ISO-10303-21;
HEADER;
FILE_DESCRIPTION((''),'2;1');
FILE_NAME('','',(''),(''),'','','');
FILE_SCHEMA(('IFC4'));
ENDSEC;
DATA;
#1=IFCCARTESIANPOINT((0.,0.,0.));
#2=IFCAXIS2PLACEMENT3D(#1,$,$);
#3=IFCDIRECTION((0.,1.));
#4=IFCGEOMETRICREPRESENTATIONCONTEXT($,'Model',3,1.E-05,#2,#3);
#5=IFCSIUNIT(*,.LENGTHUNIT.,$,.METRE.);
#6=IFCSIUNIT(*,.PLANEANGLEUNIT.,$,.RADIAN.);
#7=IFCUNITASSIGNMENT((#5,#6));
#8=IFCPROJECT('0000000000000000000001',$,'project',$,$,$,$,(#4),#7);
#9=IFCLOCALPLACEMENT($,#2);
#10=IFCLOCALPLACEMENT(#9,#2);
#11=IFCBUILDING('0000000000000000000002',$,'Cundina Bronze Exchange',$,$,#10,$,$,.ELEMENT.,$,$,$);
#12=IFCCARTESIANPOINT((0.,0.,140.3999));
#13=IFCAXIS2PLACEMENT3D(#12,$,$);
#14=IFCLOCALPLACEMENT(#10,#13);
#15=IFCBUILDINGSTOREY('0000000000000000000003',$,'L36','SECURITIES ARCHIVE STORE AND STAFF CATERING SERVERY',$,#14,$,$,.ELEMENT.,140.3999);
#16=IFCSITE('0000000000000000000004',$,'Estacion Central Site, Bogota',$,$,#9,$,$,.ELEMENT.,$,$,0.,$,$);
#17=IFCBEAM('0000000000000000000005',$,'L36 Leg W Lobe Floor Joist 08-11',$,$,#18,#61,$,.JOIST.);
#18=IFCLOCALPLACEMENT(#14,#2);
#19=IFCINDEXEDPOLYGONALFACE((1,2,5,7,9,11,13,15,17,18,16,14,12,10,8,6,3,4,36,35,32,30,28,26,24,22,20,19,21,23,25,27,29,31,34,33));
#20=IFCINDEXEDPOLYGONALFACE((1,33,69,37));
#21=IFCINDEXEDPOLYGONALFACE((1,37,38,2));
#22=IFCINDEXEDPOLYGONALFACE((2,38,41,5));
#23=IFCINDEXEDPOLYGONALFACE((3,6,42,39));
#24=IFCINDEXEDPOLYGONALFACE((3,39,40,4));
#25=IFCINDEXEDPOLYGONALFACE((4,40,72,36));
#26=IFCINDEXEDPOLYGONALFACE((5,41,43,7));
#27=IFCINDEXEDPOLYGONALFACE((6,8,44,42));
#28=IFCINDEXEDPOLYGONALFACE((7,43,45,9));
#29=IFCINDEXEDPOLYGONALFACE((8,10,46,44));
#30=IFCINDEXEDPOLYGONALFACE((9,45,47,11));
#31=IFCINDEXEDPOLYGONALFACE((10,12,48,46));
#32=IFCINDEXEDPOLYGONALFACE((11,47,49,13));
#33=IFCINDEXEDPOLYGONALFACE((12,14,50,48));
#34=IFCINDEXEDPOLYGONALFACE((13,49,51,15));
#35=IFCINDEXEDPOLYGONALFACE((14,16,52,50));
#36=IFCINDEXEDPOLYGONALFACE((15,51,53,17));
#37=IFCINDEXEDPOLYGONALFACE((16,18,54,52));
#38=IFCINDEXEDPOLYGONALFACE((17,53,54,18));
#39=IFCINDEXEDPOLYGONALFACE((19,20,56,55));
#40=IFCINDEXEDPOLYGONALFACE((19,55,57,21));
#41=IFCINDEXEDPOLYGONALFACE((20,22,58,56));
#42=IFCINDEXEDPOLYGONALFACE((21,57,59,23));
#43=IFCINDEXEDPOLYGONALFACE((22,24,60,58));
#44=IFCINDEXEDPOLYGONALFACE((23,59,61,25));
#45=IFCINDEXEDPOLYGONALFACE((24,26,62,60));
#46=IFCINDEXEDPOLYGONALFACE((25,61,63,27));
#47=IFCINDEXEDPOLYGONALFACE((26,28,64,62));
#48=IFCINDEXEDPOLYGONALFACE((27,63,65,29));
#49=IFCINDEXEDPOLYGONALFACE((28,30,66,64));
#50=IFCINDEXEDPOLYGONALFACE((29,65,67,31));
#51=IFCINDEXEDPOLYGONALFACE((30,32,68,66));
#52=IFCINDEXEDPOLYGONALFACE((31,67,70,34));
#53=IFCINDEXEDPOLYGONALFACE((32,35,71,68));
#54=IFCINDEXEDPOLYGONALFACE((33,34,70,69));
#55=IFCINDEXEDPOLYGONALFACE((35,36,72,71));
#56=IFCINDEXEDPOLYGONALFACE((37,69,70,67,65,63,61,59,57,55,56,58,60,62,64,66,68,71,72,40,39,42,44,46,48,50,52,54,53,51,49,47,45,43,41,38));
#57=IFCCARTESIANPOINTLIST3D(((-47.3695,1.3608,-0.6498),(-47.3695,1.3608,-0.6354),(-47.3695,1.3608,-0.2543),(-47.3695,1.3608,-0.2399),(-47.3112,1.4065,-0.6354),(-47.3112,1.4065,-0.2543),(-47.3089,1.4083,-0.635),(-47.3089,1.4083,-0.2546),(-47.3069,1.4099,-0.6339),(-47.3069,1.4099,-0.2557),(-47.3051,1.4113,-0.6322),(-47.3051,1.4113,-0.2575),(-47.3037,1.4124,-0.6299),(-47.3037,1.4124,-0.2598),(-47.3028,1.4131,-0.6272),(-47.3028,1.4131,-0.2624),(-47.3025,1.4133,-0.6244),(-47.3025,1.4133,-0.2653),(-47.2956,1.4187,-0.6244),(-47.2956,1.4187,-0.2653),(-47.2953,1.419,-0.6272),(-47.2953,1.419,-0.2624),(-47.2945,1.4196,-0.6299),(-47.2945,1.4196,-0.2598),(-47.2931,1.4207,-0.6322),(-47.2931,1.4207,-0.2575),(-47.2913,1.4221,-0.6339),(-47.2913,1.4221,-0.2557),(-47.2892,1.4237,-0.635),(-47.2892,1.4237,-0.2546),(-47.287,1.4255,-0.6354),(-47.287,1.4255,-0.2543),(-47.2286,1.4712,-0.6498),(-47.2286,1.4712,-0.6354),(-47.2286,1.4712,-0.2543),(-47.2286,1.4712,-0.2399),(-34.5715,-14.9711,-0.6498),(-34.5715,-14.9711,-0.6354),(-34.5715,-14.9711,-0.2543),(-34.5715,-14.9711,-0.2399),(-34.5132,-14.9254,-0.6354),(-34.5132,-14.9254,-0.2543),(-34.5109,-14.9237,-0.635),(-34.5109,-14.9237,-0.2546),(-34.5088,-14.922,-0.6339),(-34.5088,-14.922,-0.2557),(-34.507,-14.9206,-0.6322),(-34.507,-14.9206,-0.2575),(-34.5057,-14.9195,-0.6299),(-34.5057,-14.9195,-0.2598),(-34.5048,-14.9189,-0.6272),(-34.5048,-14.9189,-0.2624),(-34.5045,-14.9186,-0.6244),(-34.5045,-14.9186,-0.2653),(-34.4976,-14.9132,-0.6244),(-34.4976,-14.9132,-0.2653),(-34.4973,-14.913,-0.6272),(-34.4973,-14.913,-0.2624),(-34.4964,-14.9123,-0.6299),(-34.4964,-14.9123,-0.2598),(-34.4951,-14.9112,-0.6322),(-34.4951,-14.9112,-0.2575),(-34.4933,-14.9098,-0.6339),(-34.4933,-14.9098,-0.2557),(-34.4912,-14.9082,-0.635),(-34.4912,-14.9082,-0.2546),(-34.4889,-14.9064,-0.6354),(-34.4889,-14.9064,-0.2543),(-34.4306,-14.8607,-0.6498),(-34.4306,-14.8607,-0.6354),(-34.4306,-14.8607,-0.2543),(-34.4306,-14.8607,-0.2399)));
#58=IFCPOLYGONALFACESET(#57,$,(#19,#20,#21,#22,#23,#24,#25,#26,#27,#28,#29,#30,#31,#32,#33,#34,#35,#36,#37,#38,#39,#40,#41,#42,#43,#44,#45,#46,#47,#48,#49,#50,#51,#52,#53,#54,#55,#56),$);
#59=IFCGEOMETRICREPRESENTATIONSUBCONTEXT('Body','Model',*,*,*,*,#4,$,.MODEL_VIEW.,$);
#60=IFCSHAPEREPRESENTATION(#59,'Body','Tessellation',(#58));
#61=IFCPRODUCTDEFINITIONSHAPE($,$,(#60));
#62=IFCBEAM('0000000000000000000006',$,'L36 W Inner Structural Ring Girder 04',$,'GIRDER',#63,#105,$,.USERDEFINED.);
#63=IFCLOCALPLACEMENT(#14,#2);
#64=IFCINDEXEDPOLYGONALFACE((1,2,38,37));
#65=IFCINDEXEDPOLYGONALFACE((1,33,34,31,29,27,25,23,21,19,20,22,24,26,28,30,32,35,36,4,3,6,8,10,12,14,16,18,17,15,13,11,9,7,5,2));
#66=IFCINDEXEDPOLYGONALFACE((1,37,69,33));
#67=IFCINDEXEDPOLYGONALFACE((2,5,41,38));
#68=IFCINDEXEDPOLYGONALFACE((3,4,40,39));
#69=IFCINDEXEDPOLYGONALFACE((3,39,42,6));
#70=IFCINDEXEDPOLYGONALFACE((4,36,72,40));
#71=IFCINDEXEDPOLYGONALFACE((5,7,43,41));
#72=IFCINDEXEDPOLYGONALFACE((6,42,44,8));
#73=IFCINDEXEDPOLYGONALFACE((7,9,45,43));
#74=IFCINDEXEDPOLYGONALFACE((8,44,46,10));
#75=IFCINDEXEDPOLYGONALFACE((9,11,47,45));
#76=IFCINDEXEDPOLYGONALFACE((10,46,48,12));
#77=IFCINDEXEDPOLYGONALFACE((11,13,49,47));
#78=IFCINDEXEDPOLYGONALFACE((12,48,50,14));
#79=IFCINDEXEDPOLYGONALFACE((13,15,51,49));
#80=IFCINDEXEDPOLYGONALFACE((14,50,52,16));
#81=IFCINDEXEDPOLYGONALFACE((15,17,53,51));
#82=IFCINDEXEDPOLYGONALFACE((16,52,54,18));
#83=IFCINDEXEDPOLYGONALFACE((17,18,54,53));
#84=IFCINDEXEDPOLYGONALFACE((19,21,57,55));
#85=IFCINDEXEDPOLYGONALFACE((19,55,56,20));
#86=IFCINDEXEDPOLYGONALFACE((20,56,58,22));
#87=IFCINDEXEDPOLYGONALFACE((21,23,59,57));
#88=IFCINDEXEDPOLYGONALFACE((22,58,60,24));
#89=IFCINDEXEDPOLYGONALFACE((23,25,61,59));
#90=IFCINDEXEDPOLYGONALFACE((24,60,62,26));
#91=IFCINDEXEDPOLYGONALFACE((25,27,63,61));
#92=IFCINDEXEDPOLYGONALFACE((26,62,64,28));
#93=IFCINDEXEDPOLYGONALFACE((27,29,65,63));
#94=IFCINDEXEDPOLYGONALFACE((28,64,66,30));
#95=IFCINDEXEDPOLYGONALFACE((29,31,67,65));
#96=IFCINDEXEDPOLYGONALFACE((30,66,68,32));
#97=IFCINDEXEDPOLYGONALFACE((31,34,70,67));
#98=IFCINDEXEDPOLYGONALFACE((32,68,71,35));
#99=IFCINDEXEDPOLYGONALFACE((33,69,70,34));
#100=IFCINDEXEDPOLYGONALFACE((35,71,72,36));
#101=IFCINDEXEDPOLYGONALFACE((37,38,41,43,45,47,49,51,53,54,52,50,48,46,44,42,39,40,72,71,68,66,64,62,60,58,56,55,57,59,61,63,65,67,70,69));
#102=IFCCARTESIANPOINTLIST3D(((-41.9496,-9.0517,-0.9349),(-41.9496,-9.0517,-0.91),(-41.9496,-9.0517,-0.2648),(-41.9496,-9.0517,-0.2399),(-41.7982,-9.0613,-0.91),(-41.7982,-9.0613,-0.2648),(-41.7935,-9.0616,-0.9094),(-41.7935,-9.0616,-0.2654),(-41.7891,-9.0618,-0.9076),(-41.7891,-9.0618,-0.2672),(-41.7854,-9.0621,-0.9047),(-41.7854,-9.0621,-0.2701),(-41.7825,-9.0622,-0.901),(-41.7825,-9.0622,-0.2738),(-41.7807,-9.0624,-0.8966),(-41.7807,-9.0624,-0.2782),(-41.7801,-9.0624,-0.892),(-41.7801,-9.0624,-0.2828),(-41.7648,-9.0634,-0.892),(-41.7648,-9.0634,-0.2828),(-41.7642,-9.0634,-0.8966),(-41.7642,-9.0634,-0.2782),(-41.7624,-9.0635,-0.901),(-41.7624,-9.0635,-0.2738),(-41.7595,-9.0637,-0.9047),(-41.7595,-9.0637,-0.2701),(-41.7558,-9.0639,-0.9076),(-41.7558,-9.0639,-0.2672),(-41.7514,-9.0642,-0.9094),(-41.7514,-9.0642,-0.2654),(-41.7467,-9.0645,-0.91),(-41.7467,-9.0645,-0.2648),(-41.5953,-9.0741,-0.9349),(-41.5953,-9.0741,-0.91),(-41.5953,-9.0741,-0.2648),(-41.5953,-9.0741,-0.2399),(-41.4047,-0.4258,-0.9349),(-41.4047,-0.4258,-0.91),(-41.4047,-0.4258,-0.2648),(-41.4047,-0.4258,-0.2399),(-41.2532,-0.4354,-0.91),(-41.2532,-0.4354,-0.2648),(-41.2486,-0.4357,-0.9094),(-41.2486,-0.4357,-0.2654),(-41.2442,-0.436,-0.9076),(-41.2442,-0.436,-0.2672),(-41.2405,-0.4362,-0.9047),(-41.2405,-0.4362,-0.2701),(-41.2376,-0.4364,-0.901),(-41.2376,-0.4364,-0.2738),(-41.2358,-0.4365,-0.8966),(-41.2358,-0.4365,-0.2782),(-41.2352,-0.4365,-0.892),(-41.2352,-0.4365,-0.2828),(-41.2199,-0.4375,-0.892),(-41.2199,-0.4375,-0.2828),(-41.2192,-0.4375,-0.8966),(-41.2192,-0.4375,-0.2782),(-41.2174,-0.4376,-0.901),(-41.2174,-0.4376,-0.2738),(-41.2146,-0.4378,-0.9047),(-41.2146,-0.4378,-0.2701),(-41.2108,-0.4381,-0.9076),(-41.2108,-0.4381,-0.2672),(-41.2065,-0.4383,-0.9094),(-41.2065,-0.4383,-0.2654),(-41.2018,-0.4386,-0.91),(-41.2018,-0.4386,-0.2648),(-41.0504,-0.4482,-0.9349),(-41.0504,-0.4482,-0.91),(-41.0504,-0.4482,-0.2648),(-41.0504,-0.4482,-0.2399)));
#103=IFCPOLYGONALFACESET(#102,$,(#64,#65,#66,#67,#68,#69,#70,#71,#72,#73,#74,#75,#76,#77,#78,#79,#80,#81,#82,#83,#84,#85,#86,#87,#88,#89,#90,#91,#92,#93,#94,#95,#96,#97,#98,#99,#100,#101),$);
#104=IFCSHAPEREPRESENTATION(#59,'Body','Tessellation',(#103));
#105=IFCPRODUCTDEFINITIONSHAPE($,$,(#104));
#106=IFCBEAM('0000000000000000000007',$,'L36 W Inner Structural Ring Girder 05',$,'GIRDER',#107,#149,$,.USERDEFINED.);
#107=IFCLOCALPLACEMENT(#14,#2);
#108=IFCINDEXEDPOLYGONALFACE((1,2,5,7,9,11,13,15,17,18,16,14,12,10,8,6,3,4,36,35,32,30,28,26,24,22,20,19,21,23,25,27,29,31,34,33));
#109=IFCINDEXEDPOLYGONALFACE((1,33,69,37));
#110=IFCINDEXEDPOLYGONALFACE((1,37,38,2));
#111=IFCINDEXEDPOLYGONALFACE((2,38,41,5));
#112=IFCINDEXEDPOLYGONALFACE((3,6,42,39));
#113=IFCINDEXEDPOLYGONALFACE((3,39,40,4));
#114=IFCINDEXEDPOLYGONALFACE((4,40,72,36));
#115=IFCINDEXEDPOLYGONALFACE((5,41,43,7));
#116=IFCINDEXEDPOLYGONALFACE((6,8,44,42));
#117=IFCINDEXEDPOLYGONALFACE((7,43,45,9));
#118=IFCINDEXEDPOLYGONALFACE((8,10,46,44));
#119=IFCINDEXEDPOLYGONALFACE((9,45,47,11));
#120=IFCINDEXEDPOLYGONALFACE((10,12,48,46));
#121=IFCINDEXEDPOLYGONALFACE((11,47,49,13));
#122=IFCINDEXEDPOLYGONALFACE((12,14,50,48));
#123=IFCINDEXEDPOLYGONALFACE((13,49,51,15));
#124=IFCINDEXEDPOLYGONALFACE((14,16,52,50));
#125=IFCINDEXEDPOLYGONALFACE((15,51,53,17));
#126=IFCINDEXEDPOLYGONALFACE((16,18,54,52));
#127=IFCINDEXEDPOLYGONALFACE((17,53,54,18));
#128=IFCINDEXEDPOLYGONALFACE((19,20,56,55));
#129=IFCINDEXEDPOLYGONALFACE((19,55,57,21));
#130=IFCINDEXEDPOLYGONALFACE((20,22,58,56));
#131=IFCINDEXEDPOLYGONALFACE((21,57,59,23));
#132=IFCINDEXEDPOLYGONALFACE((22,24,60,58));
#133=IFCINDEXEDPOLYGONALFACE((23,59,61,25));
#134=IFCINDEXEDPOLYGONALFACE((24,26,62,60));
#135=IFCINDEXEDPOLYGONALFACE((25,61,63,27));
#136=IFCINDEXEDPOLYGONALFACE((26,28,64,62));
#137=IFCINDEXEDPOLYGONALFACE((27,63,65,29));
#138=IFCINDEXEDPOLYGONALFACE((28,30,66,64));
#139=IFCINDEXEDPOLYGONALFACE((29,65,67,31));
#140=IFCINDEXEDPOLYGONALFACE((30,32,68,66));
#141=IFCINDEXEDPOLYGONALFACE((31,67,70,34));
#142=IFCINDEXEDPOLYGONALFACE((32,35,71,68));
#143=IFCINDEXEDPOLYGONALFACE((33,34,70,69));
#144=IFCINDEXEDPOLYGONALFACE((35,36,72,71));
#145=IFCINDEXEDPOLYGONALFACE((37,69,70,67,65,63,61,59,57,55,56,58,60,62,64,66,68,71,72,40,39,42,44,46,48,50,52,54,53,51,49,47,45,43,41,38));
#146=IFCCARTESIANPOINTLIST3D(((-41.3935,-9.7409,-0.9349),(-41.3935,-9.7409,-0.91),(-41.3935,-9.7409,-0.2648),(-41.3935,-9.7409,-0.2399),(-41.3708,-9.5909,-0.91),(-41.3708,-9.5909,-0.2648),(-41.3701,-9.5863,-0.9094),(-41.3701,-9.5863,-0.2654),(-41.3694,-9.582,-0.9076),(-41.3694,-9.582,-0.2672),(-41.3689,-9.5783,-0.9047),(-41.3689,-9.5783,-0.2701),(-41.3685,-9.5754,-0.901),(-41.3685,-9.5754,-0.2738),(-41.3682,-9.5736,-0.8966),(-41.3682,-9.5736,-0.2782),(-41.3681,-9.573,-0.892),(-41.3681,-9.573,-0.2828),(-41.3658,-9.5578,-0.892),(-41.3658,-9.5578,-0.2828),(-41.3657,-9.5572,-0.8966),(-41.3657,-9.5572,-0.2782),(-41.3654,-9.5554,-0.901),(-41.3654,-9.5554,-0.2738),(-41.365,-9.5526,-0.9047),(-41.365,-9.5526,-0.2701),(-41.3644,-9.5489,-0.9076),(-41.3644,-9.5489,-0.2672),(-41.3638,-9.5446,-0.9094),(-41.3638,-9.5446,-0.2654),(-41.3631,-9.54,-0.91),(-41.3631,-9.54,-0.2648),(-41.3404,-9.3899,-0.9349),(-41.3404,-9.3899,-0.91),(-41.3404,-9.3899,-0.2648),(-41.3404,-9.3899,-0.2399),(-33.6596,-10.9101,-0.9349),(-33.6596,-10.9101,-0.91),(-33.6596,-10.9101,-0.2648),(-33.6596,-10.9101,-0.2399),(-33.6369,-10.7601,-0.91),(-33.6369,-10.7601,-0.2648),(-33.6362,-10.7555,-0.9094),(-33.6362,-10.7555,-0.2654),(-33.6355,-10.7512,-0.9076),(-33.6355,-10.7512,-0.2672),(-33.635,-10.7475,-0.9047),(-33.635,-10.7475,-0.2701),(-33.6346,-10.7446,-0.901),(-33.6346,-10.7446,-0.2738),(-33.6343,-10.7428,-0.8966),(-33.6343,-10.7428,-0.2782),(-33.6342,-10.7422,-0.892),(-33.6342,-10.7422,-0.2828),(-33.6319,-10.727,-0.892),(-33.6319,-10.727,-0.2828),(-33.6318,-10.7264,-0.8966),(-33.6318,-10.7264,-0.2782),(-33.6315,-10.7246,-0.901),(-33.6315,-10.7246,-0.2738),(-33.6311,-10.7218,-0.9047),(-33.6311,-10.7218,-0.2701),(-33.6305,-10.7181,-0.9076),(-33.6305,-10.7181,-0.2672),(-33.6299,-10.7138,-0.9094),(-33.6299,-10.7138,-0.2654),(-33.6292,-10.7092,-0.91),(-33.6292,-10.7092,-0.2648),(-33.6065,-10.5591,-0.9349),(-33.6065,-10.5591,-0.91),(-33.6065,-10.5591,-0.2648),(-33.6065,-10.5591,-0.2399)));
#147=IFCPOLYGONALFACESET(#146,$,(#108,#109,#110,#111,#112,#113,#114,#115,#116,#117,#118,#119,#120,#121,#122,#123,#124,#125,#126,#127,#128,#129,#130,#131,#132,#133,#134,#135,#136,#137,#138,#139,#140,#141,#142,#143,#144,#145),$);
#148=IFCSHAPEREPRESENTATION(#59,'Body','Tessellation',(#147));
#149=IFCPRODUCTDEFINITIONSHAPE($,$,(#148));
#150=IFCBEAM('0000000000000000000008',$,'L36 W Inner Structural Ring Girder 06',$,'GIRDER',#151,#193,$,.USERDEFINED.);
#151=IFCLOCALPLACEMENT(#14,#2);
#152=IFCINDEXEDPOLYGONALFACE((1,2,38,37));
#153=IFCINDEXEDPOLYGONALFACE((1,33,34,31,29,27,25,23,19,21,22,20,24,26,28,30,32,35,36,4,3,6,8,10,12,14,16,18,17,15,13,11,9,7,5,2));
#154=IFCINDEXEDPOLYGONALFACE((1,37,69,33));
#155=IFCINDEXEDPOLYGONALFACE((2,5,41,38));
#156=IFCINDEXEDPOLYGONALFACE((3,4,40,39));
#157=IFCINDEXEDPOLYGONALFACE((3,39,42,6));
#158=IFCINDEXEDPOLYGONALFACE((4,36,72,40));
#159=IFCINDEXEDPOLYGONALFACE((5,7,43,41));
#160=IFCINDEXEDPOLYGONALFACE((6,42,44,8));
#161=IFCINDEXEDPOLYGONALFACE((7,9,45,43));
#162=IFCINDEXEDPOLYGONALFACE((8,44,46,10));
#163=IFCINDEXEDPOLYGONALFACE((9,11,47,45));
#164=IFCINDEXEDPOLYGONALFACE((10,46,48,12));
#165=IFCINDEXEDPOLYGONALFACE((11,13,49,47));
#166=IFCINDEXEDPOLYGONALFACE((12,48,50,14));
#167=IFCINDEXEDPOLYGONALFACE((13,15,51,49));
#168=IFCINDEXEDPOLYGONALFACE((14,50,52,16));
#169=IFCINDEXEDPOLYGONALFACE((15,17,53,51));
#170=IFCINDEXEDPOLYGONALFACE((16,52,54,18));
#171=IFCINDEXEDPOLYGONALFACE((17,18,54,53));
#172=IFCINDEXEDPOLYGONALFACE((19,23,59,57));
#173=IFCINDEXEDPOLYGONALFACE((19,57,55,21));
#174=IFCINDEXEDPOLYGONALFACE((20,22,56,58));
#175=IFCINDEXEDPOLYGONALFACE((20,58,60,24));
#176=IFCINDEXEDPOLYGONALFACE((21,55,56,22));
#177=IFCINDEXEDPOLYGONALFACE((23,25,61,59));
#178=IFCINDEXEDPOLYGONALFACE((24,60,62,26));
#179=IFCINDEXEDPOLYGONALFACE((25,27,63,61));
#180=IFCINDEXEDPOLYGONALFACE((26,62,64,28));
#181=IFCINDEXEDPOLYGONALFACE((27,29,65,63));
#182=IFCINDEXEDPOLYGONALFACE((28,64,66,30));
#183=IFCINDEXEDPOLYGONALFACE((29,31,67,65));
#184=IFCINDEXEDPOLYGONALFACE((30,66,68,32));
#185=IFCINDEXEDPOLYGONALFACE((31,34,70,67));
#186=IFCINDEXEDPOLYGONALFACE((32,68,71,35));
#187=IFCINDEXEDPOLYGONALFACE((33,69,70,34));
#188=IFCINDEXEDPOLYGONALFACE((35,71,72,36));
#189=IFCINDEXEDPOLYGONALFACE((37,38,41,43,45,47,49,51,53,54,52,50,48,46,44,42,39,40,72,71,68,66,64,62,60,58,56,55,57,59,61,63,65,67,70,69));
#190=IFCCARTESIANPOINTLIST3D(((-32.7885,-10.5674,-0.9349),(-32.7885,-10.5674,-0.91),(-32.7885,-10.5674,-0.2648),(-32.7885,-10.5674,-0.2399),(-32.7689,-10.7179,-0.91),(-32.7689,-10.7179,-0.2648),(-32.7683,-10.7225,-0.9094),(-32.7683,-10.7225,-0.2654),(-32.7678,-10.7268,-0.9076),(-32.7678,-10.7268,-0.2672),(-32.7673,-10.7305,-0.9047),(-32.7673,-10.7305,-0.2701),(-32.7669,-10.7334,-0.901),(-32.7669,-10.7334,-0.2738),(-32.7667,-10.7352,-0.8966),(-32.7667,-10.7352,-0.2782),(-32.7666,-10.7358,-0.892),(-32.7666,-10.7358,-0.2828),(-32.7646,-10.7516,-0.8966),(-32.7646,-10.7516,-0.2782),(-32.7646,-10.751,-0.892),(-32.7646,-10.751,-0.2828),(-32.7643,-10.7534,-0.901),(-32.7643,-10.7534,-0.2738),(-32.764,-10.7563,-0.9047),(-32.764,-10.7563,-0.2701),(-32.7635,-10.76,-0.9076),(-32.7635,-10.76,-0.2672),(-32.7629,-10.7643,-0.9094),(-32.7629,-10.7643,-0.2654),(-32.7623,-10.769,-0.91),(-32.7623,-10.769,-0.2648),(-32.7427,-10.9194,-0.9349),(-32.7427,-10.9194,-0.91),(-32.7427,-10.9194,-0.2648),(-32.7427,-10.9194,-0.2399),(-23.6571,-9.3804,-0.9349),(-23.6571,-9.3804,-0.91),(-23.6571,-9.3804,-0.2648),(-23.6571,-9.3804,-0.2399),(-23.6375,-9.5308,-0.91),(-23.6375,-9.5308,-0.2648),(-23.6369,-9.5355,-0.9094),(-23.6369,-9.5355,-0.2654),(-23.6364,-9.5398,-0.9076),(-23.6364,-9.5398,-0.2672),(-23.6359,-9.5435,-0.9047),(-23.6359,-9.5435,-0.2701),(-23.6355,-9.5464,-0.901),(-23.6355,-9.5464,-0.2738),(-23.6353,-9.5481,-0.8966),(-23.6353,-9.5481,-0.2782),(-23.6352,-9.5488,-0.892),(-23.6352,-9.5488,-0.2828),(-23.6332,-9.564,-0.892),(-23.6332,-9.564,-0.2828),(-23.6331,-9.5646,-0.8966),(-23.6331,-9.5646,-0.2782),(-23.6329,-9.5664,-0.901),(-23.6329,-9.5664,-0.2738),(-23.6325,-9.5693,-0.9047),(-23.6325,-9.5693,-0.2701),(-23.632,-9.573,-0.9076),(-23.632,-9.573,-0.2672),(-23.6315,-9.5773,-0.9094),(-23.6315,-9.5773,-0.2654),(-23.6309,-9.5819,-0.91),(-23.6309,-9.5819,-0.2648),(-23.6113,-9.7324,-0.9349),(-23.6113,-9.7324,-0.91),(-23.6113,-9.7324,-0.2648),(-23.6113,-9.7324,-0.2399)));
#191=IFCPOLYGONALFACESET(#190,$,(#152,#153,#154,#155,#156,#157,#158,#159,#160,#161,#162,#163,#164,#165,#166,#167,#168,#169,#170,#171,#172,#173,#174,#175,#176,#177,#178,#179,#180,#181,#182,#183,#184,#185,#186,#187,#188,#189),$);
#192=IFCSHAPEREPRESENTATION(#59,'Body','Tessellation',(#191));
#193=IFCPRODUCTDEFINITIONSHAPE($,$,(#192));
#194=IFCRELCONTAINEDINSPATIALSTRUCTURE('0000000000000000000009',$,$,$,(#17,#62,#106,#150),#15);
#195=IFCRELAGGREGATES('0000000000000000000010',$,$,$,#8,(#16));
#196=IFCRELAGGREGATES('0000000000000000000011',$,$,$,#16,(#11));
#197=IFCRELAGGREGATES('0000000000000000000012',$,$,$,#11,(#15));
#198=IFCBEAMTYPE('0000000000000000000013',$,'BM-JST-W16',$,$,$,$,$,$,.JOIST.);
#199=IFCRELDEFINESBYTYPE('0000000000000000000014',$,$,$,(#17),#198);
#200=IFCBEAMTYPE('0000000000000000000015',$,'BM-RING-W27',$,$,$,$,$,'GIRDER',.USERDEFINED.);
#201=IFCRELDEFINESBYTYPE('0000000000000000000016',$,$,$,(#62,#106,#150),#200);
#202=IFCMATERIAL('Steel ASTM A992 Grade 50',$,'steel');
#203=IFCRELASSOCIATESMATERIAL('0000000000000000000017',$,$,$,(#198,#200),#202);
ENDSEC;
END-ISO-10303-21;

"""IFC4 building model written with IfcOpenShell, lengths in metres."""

from ifc_helpers import new_model, si_unit, direction, frame, origin, origin_2d, place, context, subcontext, project, spatial, i_section, extrude, material, material_profile, profile_set, type_object, element, save


model = new_model("IFC4")

# Units and contexts
model_context = context("Model", 3, precision=1e-05, world=origin(), true_north=direction((0.0, 1.0)))
body_context = subcontext(model_context, "Body", "Model", "MODEL_VIEW")
ifc_project = project(units=[si_unit("LENGTHUNIT", "METRE"), si_unit("PLANEANGLEUNIT", "RADIAN")], contexts=[model_context])

# Site, building, storey
site_placement = place(None, origin())
site = spatial("IfcSite", under=ifc_project, at=site_placement, Name="Estacion Central Site, Bogota", CompositionType="ELEMENT", RefElevation=0.0)
building_placement = place(site_placement, origin())
building = spatial("IfcBuilding", under=site, at=building_placement, Name="Cundina Bronze Exchange", CompositionType="ELEMENT")
storey_placement = place(building_placement, frame((0.0, 0.0, 140.3999)))
storey = spatial("IfcBuildingStorey", under=building, at=storey_placement, Name="L36", Description="SECURITIES ARCHIVE STORE AND STAFF CATERING SERVERY", CompositionType="ELEMENT", Elevation=140.3999)

# Beams
ifc_material_1 = material(Name="Steel ASTM A992 Grade 50", Category="steel")
ifc_material_profile_1 = material_profile(ifc_material_1, i_section(OverallWidth=0.179, OverallDepth=0.4099, WebThickness=0.0088, FlangeThickness=0.0144, FilletRadius=0.011, at=origin_2d()), Name="W16X45", Category="steel")
ifc_profile_set_1 = profile_set([ifc_material_profile_1], Name="Steel ASTM A992 Grade 50")
beam_type_1 = type_object("IfcBeamType", Name="BM-JST-W16", PredefinedType="JOIST", material=ifc_profile_set_1)
beam_1_placement = place(storey_placement, frame((-47.2991, 1.416, -0.4448), z_axis=(0.616801, -0.787119, 0.0), x_axis=(0.787119, 0.616801, 0.0)))
element("IfcBeam", 1, at=beam_1_placement, inside=storey, type_object=beam_type_1, Name="L36 Leg W Lobe Floor Joist 08-11", PredefinedType="JOIST", context=body_context, shape_type="SweptSolid", body=[
    extrude(i_section(OverallWidth=0.179, OverallDepth=0.4099, WebThickness=0.0088, FlangeThickness=0.0144, FilletRadius=0.011, at=origin_2d()), origin(), (0.0, 0.0, 1.0), 20.749),
])
ifc_material_profile_2 = material_profile(ifc_material_1, i_section(OverallWidth=0.355, OverallDepth=0.6951, WebThickness=0.0154, FlangeThickness=0.0249, FilletRadius=0.0181, at=origin_2d()), Name="W27X146", Category="steel")
ifc_profile_set_2 = profile_set([ifc_material_profile_2], Name="Steel ASTM A992 Grade 50")
beam_type_2 = type_object("IfcBeamType", Name="BM-RING-W27", ElementType="GIRDER", PredefinedType="USERDEFINED", material=ifc_profile_set_2)
beam_2_placement = place(storey_placement, frame((-41.2275, -0.437, -0.5874), z_axis=(-0.063047, -0.998011, 0.0), x_axis=(0.998011, -0.063047, 0.0)))
element("IfcBeam", 2, at=beam_2_placement, inside=storey, type_object=beam_type_2, Name="L36 W Inner Structural Ring Girder 04", ObjectType="GIRDER", PredefinedType="USERDEFINED", context=body_context, shape_type="SweptSolid", body=[
    extrude(i_section(OverallWidth=0.355, OverallDepth=0.6951, WebThickness=0.0154, FlangeThickness=0.0249, FilletRadius=0.0181, at=origin_2d()), origin(), (0.0, 0.0, 1.0), 8.6431),
])
beam_3_placement = place(storey_placement, frame((-41.3669, -9.5654, -0.5874), z_axis=(0.988765, -0.149479, 0.0), x_axis=(0.149479, 0.988765, 0.0)))
element("IfcBeam", 3, at=beam_3_placement, inside=storey, type_object=beam_type_2, Name="L36 W Inner Structural Ring Girder 05", ObjectType="GIRDER", PredefinedType="USERDEFINED", context=body_context, shape_type="SweptSolid", body=[
    extrude(i_section(OverallWidth=0.355, OverallDepth=0.6951, WebThickness=0.0154, FlangeThickness=0.0249, FilletRadius=0.0181, at=origin_2d()), origin(), (0.0, 0.0, 1.0), 7.8218),
])
beam_4_placement = place(storey_placement, frame((-32.7656, -10.7434, -0.5874), z_axis=(0.991656, 0.128908, 0.0), x_axis=(-0.128908, 0.991656, 0.0)))
element("IfcBeam", 4, at=beam_4_placement, inside=storey, type_object=beam_type_2, Name="L36 W Inner Structural Ring Girder 06", ObjectType="GIRDER", PredefinedType="USERDEFINED", context=body_context, shape_type="SweptSolid", body=[
    extrude(i_section(OverallWidth=0.355, OverallDepth=0.6951, WebThickness=0.0154, FlangeThickness=0.0249, FilletRadius=0.0181, at=origin_2d()), origin(), (0.0, 0.0, 1.0), 9.2083),
])

save(model, "model.ifc")
